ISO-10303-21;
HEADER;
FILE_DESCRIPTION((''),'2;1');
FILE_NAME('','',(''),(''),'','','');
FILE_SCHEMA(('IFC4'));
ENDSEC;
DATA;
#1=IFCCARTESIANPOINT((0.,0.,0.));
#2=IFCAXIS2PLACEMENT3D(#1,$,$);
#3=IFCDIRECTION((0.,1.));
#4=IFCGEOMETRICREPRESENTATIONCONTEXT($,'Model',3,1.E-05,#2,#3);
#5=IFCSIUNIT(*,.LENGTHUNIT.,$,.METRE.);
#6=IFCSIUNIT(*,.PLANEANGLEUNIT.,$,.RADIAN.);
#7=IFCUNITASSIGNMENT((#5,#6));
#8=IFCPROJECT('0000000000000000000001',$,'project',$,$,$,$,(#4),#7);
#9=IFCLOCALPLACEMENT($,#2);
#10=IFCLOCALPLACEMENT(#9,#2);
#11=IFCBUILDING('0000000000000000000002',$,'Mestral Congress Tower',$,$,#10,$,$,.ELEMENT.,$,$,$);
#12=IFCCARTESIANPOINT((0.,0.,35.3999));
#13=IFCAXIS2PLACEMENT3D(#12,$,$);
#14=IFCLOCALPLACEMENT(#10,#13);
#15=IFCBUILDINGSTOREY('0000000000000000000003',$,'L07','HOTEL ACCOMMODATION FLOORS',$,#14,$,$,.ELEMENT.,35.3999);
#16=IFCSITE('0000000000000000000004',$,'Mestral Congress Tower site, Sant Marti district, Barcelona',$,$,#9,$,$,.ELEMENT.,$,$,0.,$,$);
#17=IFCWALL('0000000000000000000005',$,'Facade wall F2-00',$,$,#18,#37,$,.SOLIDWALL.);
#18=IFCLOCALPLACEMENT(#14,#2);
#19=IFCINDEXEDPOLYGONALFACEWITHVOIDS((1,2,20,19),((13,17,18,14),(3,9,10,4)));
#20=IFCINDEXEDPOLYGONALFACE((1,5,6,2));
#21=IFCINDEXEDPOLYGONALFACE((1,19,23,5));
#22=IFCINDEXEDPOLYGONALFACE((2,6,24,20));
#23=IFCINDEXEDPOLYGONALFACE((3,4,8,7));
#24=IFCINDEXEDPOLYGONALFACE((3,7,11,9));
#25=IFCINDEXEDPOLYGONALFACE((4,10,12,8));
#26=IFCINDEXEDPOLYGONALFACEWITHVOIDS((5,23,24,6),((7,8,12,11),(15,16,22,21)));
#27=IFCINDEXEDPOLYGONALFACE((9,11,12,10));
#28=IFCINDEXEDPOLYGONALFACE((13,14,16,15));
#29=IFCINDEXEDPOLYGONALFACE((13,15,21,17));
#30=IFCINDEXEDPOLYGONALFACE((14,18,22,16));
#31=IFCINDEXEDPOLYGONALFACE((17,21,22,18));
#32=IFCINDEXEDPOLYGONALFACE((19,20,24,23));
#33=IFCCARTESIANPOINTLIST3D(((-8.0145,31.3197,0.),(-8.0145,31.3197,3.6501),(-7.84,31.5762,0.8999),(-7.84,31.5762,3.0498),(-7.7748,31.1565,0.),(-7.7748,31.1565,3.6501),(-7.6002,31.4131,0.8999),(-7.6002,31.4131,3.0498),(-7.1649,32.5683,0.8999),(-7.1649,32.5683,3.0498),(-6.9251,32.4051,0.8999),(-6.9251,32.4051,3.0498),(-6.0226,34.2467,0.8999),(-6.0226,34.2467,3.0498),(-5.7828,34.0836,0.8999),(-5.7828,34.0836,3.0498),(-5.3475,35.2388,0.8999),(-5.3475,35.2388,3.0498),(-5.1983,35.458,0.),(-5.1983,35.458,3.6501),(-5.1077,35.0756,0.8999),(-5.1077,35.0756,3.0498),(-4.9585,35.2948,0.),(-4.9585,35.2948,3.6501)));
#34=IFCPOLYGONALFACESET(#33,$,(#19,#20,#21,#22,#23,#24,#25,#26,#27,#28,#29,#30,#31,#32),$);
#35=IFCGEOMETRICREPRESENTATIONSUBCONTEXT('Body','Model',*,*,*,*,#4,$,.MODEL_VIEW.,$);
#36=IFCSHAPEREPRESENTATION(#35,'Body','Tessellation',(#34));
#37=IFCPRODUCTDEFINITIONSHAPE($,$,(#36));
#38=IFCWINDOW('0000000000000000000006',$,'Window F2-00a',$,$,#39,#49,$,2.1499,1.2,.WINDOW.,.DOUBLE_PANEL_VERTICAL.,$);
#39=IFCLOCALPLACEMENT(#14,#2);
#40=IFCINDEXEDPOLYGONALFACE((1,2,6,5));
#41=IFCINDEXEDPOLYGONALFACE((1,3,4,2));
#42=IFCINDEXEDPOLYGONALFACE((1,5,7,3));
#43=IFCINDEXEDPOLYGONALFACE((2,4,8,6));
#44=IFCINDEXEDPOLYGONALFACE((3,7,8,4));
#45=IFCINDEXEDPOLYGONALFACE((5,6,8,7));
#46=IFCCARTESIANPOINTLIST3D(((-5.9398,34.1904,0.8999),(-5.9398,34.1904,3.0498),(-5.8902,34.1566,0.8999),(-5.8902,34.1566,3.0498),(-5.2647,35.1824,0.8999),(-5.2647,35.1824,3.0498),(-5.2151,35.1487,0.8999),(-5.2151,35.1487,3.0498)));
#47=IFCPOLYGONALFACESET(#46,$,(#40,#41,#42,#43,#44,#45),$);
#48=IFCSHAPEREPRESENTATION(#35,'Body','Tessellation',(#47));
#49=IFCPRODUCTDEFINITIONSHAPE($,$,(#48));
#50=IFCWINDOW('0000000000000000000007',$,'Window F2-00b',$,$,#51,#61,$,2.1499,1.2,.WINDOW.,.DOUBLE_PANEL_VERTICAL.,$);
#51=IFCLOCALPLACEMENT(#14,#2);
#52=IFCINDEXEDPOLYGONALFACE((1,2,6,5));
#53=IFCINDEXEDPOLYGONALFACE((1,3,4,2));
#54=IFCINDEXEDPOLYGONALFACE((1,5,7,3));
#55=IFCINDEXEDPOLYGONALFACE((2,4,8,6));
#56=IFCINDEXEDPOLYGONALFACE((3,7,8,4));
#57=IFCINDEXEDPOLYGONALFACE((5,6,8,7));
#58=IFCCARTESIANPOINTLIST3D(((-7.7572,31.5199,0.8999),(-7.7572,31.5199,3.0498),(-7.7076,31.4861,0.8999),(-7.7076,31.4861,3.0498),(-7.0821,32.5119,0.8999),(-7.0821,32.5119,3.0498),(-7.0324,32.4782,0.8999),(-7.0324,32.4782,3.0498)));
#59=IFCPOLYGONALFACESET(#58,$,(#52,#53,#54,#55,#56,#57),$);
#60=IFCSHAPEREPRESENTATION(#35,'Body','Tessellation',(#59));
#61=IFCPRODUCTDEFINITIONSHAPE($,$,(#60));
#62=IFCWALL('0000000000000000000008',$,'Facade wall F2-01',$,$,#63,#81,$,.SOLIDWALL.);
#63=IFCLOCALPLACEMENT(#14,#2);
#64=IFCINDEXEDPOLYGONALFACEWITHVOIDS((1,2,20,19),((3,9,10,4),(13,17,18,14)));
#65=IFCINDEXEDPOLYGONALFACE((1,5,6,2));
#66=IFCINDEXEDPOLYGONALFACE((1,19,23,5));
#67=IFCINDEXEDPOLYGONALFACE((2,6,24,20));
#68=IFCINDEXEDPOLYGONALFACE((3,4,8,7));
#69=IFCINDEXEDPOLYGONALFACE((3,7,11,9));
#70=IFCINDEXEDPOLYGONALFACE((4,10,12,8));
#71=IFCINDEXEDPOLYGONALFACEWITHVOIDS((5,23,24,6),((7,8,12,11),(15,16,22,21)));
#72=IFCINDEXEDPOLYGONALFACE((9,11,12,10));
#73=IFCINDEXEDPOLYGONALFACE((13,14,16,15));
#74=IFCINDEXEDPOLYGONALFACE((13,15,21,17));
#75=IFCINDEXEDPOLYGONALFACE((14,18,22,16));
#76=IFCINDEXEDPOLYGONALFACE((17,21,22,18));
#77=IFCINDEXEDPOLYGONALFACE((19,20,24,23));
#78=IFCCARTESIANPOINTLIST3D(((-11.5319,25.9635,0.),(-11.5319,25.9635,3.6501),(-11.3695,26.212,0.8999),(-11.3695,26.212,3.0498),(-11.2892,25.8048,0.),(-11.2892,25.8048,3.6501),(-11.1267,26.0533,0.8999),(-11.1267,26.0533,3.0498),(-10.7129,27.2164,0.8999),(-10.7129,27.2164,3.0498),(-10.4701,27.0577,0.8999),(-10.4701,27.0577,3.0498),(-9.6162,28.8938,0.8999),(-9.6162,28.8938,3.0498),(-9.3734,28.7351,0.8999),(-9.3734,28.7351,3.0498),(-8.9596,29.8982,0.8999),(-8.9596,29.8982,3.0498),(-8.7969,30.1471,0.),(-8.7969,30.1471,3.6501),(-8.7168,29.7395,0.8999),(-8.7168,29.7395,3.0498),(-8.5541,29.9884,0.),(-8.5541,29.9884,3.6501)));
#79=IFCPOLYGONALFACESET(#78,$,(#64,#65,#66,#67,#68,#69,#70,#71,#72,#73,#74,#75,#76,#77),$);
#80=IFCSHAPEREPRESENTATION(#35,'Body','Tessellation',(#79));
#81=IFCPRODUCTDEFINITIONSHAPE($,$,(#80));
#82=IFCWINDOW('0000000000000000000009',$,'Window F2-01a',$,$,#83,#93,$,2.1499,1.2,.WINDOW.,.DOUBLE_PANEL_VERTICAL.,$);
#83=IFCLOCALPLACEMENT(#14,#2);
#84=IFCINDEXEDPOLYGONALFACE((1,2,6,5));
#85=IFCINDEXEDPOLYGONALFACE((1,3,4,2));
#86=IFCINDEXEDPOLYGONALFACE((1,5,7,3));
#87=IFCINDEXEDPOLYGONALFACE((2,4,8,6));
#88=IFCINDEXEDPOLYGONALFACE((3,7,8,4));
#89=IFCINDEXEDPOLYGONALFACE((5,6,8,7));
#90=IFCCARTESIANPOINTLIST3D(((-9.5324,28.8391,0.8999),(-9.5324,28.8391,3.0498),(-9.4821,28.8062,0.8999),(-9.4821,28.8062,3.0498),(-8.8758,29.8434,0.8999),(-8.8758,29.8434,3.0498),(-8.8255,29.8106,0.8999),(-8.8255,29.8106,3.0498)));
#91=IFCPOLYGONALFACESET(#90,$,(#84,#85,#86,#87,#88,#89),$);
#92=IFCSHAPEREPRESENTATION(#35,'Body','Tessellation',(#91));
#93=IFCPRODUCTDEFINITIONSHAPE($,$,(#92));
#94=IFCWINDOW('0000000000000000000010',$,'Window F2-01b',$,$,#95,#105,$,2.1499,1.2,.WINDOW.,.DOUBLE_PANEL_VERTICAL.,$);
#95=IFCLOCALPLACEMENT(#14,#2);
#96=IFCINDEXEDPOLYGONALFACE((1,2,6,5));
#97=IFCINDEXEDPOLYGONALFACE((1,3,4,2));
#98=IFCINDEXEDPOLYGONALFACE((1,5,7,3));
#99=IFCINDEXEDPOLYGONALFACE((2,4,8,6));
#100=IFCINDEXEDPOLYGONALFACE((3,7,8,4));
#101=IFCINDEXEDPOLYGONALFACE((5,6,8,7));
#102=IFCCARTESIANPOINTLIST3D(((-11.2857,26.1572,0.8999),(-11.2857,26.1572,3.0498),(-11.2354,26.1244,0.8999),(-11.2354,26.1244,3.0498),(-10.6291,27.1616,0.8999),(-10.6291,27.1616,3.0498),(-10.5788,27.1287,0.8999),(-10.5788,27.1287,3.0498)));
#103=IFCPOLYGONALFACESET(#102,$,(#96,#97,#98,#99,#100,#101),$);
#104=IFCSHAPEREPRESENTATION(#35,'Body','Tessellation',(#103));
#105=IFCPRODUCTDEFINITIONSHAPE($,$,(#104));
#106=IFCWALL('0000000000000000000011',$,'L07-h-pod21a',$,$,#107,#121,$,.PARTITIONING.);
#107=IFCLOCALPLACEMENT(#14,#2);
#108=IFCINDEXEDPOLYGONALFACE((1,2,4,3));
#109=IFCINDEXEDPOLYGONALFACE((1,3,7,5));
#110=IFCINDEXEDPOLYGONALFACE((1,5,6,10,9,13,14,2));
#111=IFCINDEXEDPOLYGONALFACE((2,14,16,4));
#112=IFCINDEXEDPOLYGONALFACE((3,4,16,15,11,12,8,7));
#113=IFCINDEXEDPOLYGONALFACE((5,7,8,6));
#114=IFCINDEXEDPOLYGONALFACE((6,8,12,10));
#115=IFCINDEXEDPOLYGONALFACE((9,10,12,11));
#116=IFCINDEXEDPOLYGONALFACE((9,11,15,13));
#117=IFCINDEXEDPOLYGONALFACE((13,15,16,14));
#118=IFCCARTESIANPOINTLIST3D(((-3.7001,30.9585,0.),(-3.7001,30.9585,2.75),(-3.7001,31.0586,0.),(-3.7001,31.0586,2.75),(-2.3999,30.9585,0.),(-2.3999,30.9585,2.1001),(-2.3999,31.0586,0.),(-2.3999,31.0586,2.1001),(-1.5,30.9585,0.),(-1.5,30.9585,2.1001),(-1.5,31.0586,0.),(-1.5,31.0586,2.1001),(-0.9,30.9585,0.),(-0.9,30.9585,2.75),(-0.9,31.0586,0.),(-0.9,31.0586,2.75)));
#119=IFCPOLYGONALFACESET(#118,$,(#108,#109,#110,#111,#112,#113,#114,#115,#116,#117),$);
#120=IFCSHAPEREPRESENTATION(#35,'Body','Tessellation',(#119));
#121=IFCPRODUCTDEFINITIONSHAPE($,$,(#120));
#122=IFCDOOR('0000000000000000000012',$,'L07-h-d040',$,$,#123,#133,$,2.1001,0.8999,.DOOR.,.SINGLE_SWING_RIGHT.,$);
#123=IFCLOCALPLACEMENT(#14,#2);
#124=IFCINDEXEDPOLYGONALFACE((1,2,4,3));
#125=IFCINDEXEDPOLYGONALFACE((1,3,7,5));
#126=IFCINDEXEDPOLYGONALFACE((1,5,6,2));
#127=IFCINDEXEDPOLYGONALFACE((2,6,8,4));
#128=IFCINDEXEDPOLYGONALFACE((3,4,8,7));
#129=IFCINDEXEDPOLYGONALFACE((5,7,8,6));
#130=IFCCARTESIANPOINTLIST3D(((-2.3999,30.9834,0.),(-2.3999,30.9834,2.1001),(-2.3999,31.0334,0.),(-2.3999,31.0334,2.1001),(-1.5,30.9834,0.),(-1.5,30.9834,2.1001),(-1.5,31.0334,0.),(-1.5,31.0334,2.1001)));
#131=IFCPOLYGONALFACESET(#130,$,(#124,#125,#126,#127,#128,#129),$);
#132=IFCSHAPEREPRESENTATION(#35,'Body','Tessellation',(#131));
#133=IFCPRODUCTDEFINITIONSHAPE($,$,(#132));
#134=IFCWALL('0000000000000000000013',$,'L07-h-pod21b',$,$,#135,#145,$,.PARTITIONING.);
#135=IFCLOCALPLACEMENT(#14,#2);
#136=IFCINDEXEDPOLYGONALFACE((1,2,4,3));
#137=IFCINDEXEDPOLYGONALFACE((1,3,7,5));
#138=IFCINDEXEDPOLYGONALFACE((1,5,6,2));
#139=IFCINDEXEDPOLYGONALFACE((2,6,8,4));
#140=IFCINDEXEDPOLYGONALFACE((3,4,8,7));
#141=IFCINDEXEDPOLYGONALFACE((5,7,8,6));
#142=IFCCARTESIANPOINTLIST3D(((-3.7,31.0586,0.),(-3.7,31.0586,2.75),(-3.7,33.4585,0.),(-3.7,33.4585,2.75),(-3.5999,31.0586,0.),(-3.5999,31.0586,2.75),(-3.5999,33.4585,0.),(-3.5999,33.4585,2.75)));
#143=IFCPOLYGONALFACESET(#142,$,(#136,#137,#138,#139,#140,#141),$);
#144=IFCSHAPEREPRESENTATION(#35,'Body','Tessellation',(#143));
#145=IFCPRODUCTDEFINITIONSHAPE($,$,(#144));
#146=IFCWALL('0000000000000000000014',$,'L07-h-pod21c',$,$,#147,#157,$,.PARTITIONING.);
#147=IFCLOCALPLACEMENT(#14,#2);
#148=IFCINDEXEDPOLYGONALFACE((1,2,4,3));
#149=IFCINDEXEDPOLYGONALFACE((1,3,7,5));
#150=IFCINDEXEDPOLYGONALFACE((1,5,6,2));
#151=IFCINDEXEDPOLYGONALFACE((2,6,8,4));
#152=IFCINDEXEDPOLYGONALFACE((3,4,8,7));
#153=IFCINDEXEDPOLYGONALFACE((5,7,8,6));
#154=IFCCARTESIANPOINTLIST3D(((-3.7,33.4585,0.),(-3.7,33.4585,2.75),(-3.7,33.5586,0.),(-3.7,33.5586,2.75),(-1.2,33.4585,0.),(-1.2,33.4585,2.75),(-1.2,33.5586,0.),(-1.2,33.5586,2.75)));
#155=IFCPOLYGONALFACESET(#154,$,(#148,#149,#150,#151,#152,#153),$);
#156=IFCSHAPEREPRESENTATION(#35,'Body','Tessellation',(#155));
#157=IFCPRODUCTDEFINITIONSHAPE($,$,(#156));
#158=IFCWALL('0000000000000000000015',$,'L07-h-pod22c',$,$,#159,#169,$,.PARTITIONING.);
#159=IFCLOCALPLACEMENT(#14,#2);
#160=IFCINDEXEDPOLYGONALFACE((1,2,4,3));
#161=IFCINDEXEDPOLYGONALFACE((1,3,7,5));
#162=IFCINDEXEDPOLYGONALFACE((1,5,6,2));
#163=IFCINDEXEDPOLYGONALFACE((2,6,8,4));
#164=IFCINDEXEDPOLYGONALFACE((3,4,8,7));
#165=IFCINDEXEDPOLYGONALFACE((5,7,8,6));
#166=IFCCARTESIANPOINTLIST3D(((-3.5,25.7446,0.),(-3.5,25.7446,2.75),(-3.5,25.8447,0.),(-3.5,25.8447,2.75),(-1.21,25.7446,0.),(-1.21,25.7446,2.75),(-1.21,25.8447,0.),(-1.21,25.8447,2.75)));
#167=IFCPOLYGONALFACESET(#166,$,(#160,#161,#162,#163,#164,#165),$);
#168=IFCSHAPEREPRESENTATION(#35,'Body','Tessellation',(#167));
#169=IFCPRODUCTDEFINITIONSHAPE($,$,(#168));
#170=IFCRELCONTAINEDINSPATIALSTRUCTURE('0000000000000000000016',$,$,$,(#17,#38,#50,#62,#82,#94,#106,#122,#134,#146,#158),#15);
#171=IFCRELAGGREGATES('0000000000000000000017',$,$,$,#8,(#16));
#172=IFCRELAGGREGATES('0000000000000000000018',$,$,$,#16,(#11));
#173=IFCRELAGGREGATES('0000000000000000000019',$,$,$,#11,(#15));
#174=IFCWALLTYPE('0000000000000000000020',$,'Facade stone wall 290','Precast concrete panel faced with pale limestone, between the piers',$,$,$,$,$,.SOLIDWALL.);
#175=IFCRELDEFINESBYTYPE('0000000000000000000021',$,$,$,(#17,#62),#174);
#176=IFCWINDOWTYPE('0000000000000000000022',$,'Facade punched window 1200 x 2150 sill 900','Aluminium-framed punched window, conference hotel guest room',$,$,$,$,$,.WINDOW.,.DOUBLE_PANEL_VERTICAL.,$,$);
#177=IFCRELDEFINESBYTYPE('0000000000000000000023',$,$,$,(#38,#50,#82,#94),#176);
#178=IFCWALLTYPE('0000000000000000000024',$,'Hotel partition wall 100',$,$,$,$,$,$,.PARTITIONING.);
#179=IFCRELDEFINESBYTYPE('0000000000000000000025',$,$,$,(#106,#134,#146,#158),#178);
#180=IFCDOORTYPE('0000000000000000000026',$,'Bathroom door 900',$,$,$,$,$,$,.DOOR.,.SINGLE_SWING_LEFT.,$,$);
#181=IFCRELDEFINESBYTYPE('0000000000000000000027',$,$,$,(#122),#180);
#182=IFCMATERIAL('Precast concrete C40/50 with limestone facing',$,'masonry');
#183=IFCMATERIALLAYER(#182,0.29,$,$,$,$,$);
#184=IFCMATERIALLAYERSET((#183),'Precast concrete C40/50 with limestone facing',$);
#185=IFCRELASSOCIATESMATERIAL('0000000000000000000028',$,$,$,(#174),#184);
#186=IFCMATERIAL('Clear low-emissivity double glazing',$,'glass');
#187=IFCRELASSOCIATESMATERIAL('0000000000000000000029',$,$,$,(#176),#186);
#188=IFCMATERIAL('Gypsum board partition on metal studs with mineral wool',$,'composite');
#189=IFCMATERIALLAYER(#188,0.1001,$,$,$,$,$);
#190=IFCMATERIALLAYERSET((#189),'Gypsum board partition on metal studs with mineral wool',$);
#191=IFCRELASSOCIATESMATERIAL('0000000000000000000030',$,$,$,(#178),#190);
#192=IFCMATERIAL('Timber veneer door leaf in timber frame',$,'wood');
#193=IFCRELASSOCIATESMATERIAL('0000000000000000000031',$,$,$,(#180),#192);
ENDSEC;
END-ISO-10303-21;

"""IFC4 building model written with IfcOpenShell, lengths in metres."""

from ifc_helpers import new_model, si_unit, direction, frame, frame_2d, origin, place, context, subcontext, project, spatial, rectangle, extrude, material, layer, layer_set, type_object, element, fill, save


model = new_model("IFC4")

# Units and contexts
model_context = context("Model", 3, precision=1e-05, world=origin(), true_north=direction((0.0, 1.0)))
body_context = subcontext(model_context, "Body", "Model", "MODEL_VIEW")
ifc_project = project(units=[si_unit("LENGTHUNIT", "METRE"), si_unit("PLANEANGLEUNIT", "RADIAN")], contexts=[model_context])

# Site, building, storey
site_placement = place(None, origin())
site = spatial("IfcSite", under=ifc_project, at=site_placement, Name="Mestral Congress Tower site, Sant Marti district, Barcelona", CompositionType="ELEMENT", RefElevation=0.0)
building_placement = place(site_placement, origin())
building = spatial("IfcBuilding", under=site, at=building_placement, Name="Mestral Congress Tower", CompositionType="ELEMENT")
storey_placement = place(building_placement, frame((0.0, 0.0, 35.3999)))
storey = spatial("IfcBuildingStorey", under=building, at=storey_placement, Name="L07", Description="HOTEL ACCOMMODATION FLOORS", CompositionType="ELEMENT", Elevation=35.3999)

# Shared definitions
ifc_material_1 = material(Name="Precast concrete C40/50 with limestone facing", Category="masonry")
ifc_layer_1 = layer(ifc_material_1, 0.29)
ifc_layer_set_1 = layer_set([ifc_layer_1], Name="Precast concrete C40/50 with limestone facing")
wall_type_1 = type_object("IfcWallType", Name="Facade stone wall 290", Description="Precast concrete panel faced with pale limestone, between the piers", PredefinedType="SOLIDWALL", material=ifc_layer_set_1)
ifc_material_2 = material(Name="Clear low-emissivity double glazing", Category="glass")

# Walls, openings, windows
wall_1_placement = place(storey_placement, frame((-5.0784, 35.3765, 0.0), z_axis=(0.0, 0.0, 1.0), x_axis=(-0.56261, -0.826722, 0.0)))
wall_1 = element("IfcWall", 1, at=wall_1_placement, inside=storey, type_object=wall_type_1, Name="Facade wall F2-00", PredefinedType="SOLIDWALL", context=body_context, shape_type="SweptSolid", body=[
    extrude(rectangle(XDim=5.0056, YDim=0.29, at=frame_2d((2.5029, 0.0))), origin(), (0.0, 0.0, 1.0), 3.6501),
])
opening_1_placement = place(wall_1_placement, frame((0.2651, 0.0, 0.8999)))
opening_1 = element("IfcOpeningElement", 2, at=opening_1_placement, cuts=wall_1, PredefinedType="OPENING", context=body_context, shape_type="SweptSolid", body=[
    extrude(rectangle(XDim=1.2, YDim=2.1499, at=frame_2d((0.6001, 1.075))), frame((0.0, 0.155, 0.0), z_axis=(0.0, -1.0, 0.0), x_axis=(1.0, 0.0, 0.0)), (0.0, 0.0, 1.0), 0.3101),
])
opening_2_placement = place(wall_1_placement, frame((3.4954, 0.0, 0.8999)))
opening_2 = element("IfcOpeningElement", 3, at=opening_2_placement, cuts=wall_1, PredefinedType="OPENING", context=body_context, shape_type="SweptSolid", body=[
    extrude(rectangle(XDim=1.2, YDim=2.1499, at=frame_2d((0.6001, 1.075))), frame((0.0, 0.155, 0.0), z_axis=(0.0, -1.0, 0.0), x_axis=(1.0, 0.0, 0.0)), (0.0, 0.0, 1.0), 0.3101),
])
window_type_1 = type_object("IfcWindowType", Name="Facade punched window 1200 x 2150 sill 900", Description="Aluminium-framed punched window, conference hotel guest room", PartitioningType="DOUBLE_PANEL_VERTICAL", PredefinedType="WINDOW", material=ifc_material_2)
window_1_placement = place(opening_1_placement, origin())
window_1 = element("IfcWindow", 4, at=window_1_placement, inside=storey, type_object=window_type_1, Name="Window F2-00a", OverallHeight=2.1499, OverallWidth=1.2, PartitioningType="DOUBLE_PANEL_VERTICAL", PredefinedType="WINDOW", context=body_context, shape_type="SweptSolid", body=[
    extrude(rectangle(XDim=1.2, YDim=2.1499, at=frame_2d((0.6001, 1.075))), frame((0.0, 0.0151, 0.0), z_axis=(0.0, -1.0, 0.0), x_axis=(1.0, 0.0, 0.0)), (0.0, 0.0, 1.0), 0.0601),
])
fill(opening_1, window_1)
window_2_placement = place(opening_2_placement, origin())
window_2 = element("IfcWindow", 5, at=window_2_placement, inside=storey, type_object=window_type_1, Name="Window F2-00b", OverallHeight=2.1499, OverallWidth=1.2, PartitioningType="DOUBLE_PANEL_VERTICAL", PredefinedType="WINDOW", context=body_context, shape_type="SweptSolid", body=[
    extrude(rectangle(XDim=1.2, YDim=2.1499, at=frame_2d((0.6001, 1.075))), frame((0.0, 0.0151, 0.0), z_axis=(0.0, -1.0, 0.0), x_axis=(1.0, 0.0, 0.0)), (0.0, 0.0, 1.0), 0.0601),
])
fill(opening_2, window_2)
wall_2_placement = place(storey_placement, frame((-8.6755, 30.0676, 0.0), z_axis=(0.0, 0.0, 1.0), x_axis=(-0.547205, -0.836999, 0.0)))
wall_2 = element("IfcWall", 6, at=wall_2_placement, inside=storey, type_object=wall_type_1, Name="Facade wall F2-01", PredefinedType="SOLIDWALL", context=body_context, shape_type="SweptSolid", body=[
    extrude(rectangle(XDim=4.9983, YDim=0.29, at=frame_2d((2.499, 0.0))), origin(), (0.0, 0.0, 1.0), 3.6501),
])
opening_3_placement = place(wall_2_placement, frame((0.2971, 0.0, 0.8999)))
opening_3 = element("IfcOpeningElement", 7, at=opening_3_placement, cuts=wall_2, PredefinedType="OPENING", context=body_context, shape_type="SweptSolid", body=[
    extrude(rectangle(XDim=1.2, YDim=2.1499, at=frame_2d((0.6001, 1.075))), frame((0.0, 0.155, 0.0), z_axis=(0.0, -1.0, 0.0), x_axis=(1.0, 0.0, 0.0)), (0.0, 0.0, 1.0), 0.3101),
])
opening_4_placement = place(wall_2_placement, frame((3.5012, 0.0, 0.8999)))
opening_4 = element("IfcOpeningElement", 8, at=opening_4_placement, cuts=wall_2, PredefinedType="OPENING", context=body_context, shape_type="SweptSolid", body=[
    extrude(rectangle(XDim=1.2, YDim=2.1499, at=frame_2d((0.6001, 1.075))), frame((0.0, 0.155, 0.0), z_axis=(0.0, -1.0, 0.0), x_axis=(1.0, 0.0, 0.0)), (0.0, 0.0, 1.0), 0.3101),
])
window_3_placement = place(opening_3_placement, origin())
window_3 = element("IfcWindow", 9, at=window_3_placement, inside=storey, type_object=window_type_1, Name="Window F2-01a", OverallHeight=2.1499, OverallWidth=1.2, PartitioningType="DOUBLE_PANEL_VERTICAL", PredefinedType="WINDOW", context=body_context, shape_type="SweptSolid", body=[
    extrude(rectangle(XDim=1.2, YDim=2.1499, at=frame_2d((0.6001, 1.075))), frame((0.0, 0.0151, 0.0), z_axis=(0.0, -1.0, 0.0), x_axis=(1.0, 0.0, 0.0)), (0.0, 0.0, 1.0), 0.0601),
])
fill(opening_3, window_3)
window_4_placement = place(opening_4_placement, origin())
window_4 = element("IfcWindow", 10, at=window_4_placement, inside=storey, type_object=window_type_1, Name="Window F2-01b", OverallHeight=2.1499, OverallWidth=1.2, PartitioningType="DOUBLE_PANEL_VERTICAL", PredefinedType="WINDOW", context=body_context, shape_type="SweptSolid", body=[
    extrude(rectangle(XDim=1.2, YDim=2.1499, at=frame_2d((0.6001, 1.075))), frame((0.0, 0.0151, 0.0), z_axis=(0.0, -1.0, 0.0), x_axis=(1.0, 0.0, 0.0)), (0.0, 0.0, 1.0), 0.0601),
])
fill(opening_4, window_4)

# Wall, opening, door
ifc_material_3 = material(Name="Gypsum board partition on metal studs with mineral wool", Category="composite")
ifc_layer_2 = layer(ifc_material_3, 0.1001)
ifc_layer_set_2 = layer_set([ifc_layer_2], Name="Gypsum board partition on metal studs with mineral wool")
wall_type_2 = type_object("IfcWallType", Name="Hotel partition wall 100", PredefinedType="PARTITIONING", material=ifc_layer_set_2)
wall_3_placement = place(storey_placement, frame((-3.7, 31.0085, 0.0), z_axis=(0.0, 0.0, 1.0), x_axis=(1.0, 0.0, 0.0)))
wall_3 = element("IfcWall", 11, at=wall_3_placement, inside=storey, type_object=wall_type_2, Name="L07-h-pod21a", PredefinedType="PARTITIONING", context=body_context, shape_type="SweptSolid", body=[
    extrude(rectangle(XDim=2.8, YDim=0.1001, at=frame_2d((1.3999, 0.0))), origin(), (0.0, 0.0, 1.0), 2.75),
])
opening_5_placement = place(wall_3_placement, frame((1.3, 0.0, 0.0)))
opening_5 = element("IfcOpeningElement", 12, at=opening_5_placement, cuts=wall_3, PredefinedType="OPENING", context=body_context, shape_type="SweptSolid", body=[
    extrude(rectangle(XDim=0.8999, YDim=2.1001, at=frame_2d((0.45, 1.05))), frame((0.0, 0.0601, 0.0), z_axis=(0.0, -1.0, 0.0), x_axis=(1.0, 0.0, 0.0)), (0.0, 0.0, 1.0), 0.1201),
])
ifc_material_4 = material(Name="Timber veneer door leaf in timber frame", Category="wood")
door_type = type_object("IfcDoorType", Name="Bathroom door 900", OperationType="SINGLE_SWING_LEFT", PredefinedType="DOOR", material=ifc_material_4)
door_placement = place(opening_5_placement, origin())
door = element("IfcDoor", 13, at=door_placement, inside=storey, type_object=door_type, Name="L07-h-d040", OperationType="SINGLE_SWING_RIGHT", OverallHeight=2.1001, OverallWidth=0.8999, PredefinedType="DOOR", context=body_context, shape_type="SweptSolid", body=[
    extrude(rectangle(XDim=0.8999, YDim=2.1001, at=frame_2d((0.45, 1.05))), frame((0.0, 0.0249, 0.0), z_axis=(0.0, -1.0, 0.0), x_axis=(1.0, 0.0, 0.0)), (0.0, 0.0, 1.0), 0.05),
])
fill(opening_5, door)

# Walls
wall_4_placement = place(storey_placement, frame((-3.6499, 31.0586, 0.0), z_axis=(0.0, 0.0, 1.0), x_axis=(0.0, 1.0, 0.0)))
element("IfcWall", 14, at=wall_4_placement, inside=storey, type_object=wall_type_2, Name="L07-h-pod21b", PredefinedType="PARTITIONING", context=body_context, shape_type="SweptSolid", body=[
    extrude(rectangle(XDim=2.3999, YDim=0.1001, at=frame_2d((1.2, 0.0))), origin(), (0.0, 0.0, 1.0), 2.75),
])
wall_5_placement = place(storey_placement, frame((-1.2, 33.5085, 0.0), z_axis=(0.0, 0.0, 1.0), x_axis=(-1.0, 0.0, 0.0)))
element("IfcWall", 15, at=wall_5_placement, inside=storey, type_object=wall_type_2, Name="L07-h-pod21c", PredefinedType="PARTITIONING", context=body_context, shape_type="SweptSolid", body=[
    extrude(rectangle(XDim=2.5, YDim=0.1001, at=frame_2d((1.25, 0.0))), origin(), (0.0, 0.0, 1.0), 2.75),
])
wall_6_placement = place(storey_placement, frame((-1.21, 25.7947, 0.0), z_axis=(0.0, 0.0, 1.0), x_axis=(-1.0, 0.0, 0.0)))
element("IfcWall", 16, at=wall_6_placement, inside=storey, type_object=wall_type_2, Name="L07-h-pod22c", PredefinedType="PARTITIONING", context=body_context, shape_type="SweptSolid", body=[
    extrude(rectangle(XDim=2.29, YDim=0.1001, at=frame_2d((1.145, 0.0))), origin(), (0.0, 0.0, 1.0), 2.75),
])

save(model, "model.ifc")
